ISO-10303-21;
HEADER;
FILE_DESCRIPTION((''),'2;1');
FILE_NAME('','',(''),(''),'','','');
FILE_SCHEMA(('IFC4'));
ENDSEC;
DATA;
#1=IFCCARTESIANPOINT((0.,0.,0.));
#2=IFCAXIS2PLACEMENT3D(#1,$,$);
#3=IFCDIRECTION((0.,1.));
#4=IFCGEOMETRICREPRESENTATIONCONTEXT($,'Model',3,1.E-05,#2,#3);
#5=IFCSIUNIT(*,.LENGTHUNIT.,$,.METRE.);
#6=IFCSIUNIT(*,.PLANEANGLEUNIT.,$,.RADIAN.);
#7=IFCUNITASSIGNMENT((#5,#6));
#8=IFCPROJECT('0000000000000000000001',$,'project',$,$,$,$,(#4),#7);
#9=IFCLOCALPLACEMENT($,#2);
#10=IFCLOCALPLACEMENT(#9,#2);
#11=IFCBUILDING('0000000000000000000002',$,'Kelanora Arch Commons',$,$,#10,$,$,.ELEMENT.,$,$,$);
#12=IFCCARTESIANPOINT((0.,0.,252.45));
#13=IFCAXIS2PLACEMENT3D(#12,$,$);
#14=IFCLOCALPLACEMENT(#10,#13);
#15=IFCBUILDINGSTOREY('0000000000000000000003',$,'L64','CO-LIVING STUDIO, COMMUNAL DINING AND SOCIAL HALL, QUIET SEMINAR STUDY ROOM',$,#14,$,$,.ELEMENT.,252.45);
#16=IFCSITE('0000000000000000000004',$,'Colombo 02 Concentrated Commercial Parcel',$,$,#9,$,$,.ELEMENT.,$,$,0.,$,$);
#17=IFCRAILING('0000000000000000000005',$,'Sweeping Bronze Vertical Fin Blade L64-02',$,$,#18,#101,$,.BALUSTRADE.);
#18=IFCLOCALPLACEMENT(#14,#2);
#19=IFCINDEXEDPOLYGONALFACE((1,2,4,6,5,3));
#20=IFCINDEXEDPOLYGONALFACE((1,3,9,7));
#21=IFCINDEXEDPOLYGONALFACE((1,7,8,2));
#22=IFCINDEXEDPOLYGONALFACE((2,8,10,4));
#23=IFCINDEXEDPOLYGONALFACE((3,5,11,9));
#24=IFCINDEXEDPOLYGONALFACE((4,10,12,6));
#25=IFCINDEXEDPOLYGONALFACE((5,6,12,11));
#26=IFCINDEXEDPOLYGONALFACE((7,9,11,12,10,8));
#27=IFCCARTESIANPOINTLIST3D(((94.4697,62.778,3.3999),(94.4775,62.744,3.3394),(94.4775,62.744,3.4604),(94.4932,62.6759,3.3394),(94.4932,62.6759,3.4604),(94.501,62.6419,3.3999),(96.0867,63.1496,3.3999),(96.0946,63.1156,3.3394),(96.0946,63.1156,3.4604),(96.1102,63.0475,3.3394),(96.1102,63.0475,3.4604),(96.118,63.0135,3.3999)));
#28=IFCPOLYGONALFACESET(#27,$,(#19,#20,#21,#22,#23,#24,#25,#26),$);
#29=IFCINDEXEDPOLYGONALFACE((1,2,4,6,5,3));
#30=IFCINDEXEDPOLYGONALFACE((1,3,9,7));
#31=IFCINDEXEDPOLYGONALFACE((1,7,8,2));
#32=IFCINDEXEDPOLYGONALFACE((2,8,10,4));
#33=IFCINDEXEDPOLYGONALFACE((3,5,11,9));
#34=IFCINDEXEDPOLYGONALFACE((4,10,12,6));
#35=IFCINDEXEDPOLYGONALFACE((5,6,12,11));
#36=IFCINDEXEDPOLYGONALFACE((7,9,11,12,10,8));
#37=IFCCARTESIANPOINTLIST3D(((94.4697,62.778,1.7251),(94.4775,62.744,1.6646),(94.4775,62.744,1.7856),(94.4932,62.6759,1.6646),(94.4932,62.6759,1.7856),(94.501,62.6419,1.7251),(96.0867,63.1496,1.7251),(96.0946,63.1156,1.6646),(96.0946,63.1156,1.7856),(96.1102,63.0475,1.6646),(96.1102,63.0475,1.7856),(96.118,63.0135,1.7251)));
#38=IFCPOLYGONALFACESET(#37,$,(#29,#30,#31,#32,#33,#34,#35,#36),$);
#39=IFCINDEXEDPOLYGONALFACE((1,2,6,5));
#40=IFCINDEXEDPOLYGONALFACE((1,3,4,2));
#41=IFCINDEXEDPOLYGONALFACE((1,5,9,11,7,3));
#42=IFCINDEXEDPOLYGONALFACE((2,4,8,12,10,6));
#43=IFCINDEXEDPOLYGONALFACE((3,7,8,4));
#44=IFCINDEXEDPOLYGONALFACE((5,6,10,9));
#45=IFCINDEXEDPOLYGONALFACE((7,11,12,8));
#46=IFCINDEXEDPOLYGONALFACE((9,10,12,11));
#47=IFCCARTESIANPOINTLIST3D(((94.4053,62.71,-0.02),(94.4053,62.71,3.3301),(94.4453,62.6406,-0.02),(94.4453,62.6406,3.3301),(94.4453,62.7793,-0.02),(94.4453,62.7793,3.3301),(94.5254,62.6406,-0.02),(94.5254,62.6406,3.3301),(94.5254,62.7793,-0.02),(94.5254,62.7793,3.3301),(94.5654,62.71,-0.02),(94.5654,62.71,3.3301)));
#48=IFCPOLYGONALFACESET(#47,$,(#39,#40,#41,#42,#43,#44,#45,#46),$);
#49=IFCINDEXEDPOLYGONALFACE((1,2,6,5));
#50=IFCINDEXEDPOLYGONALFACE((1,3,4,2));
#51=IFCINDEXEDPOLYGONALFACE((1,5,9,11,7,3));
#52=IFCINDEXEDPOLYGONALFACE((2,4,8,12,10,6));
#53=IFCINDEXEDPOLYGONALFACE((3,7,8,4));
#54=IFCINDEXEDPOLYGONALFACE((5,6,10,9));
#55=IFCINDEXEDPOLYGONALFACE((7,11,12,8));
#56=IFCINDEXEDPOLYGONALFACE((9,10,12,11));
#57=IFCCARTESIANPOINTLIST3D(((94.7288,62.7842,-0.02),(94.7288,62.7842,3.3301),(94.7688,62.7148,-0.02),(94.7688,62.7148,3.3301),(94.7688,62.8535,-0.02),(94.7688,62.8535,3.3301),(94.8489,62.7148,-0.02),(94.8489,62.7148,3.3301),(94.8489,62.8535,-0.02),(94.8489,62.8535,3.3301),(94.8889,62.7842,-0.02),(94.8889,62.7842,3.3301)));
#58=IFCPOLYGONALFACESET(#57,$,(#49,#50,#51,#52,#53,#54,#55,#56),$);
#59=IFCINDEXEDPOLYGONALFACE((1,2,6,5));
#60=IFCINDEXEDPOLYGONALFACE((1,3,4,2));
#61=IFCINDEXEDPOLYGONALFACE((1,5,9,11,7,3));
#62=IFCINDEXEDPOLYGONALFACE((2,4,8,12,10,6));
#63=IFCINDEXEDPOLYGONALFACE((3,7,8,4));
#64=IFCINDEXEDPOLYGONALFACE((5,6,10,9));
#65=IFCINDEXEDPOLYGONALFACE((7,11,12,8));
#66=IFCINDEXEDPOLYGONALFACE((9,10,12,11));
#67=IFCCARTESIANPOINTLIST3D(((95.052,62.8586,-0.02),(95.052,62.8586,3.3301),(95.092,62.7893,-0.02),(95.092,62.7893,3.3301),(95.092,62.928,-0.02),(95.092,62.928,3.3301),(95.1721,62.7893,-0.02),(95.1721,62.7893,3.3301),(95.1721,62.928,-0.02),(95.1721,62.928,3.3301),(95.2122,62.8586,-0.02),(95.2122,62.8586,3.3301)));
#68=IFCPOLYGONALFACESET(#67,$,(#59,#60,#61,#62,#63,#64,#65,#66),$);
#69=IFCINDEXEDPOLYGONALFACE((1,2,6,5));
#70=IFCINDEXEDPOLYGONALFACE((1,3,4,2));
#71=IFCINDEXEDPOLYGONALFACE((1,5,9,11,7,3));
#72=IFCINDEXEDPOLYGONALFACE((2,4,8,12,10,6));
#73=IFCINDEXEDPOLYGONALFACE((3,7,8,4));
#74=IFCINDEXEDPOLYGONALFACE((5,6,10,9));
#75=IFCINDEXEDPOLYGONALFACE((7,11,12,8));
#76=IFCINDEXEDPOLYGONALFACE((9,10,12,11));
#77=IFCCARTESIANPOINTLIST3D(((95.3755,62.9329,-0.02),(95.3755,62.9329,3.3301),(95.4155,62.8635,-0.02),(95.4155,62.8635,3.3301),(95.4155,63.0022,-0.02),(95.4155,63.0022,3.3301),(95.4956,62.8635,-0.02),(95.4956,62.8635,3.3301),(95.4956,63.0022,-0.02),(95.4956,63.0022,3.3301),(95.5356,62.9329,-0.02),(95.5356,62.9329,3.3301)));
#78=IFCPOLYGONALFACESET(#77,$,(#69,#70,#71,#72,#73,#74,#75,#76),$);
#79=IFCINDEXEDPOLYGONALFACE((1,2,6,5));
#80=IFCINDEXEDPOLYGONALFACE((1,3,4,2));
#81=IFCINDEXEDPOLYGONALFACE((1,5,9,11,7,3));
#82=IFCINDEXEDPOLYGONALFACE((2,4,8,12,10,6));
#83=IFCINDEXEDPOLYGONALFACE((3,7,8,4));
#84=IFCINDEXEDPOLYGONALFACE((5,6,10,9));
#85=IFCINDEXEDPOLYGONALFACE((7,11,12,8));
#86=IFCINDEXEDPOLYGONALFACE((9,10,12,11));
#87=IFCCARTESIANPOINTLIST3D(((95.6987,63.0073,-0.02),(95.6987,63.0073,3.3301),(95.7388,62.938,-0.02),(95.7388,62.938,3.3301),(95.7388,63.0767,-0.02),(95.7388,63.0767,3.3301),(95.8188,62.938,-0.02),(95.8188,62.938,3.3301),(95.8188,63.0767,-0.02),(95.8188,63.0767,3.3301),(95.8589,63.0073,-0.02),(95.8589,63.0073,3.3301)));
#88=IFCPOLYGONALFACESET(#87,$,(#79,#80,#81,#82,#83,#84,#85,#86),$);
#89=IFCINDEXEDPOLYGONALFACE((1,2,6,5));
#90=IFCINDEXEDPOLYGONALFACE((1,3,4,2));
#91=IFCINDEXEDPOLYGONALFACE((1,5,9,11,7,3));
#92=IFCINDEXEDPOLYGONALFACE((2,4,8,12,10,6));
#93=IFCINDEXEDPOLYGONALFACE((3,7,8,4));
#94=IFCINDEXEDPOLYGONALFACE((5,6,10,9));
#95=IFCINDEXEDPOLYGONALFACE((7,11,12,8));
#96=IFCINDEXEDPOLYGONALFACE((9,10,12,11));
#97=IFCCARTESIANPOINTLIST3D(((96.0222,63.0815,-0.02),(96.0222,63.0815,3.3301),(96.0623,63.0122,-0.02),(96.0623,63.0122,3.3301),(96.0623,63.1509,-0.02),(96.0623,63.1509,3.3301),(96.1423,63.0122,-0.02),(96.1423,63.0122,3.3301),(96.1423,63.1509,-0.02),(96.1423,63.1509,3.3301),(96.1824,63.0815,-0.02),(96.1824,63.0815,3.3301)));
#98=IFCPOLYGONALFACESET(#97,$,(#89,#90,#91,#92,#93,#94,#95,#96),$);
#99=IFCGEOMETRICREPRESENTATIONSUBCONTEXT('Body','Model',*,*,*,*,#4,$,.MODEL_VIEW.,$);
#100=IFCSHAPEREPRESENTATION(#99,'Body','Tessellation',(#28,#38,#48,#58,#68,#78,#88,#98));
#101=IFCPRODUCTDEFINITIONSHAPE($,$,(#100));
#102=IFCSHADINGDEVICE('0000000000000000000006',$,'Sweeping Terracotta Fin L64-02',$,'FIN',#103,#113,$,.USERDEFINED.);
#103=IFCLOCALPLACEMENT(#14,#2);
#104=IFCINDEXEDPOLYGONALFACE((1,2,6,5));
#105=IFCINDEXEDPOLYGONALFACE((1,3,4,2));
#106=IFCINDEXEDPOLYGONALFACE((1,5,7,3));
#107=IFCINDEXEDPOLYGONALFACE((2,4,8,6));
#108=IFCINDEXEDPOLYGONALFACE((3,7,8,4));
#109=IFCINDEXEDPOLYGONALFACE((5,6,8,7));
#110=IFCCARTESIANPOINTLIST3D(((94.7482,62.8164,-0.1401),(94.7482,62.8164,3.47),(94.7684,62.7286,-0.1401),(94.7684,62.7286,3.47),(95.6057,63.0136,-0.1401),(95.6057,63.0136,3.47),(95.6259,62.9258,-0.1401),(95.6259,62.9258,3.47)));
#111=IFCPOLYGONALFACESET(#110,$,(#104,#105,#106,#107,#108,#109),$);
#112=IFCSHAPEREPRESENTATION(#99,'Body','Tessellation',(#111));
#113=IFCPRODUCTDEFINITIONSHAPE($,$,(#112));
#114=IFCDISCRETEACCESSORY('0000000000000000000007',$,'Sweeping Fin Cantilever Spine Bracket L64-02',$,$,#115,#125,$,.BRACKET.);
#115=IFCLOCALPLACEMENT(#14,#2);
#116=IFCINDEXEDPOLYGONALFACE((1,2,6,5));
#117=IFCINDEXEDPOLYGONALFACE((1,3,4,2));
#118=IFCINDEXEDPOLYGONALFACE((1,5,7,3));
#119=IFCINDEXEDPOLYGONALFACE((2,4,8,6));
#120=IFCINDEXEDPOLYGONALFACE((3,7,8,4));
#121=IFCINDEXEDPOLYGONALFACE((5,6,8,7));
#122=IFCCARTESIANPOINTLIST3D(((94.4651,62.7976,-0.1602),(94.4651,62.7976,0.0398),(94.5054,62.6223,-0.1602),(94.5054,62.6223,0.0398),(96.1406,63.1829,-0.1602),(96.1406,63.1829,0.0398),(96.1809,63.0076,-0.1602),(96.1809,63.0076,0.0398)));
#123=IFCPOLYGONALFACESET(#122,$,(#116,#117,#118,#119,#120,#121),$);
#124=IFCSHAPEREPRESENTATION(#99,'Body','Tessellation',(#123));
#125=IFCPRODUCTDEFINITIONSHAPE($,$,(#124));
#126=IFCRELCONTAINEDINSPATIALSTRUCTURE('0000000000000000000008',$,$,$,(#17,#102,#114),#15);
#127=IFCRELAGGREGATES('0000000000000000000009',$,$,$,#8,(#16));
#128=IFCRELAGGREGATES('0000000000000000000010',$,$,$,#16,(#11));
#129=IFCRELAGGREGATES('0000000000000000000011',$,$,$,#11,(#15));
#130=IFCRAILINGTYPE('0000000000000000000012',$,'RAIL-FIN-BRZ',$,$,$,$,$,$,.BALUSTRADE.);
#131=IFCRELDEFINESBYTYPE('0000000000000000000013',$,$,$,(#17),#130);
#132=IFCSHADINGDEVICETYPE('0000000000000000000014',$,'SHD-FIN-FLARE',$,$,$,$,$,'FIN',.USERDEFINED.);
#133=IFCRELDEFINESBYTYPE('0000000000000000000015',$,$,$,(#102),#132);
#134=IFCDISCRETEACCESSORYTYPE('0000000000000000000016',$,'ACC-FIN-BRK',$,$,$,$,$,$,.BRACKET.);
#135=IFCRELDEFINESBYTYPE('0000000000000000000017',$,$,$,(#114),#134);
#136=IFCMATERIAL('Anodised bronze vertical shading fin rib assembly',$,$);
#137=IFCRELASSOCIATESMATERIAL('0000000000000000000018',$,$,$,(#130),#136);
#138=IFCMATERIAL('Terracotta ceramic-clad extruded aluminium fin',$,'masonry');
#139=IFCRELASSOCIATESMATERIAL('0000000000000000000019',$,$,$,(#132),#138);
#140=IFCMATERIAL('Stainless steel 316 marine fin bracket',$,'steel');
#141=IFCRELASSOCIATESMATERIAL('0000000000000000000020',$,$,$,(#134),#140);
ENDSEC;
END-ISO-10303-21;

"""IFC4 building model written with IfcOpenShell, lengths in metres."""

from ifc_helpers import new_model, si_unit, direction, frame, origin, origin_2d, place, context, subcontext, project, spatial, polyline, rectangle, outline, extrude, source, transform, mapped, material, type_object, element, save


model = new_model("IFC4")

# Units and contexts
model_context = context("Model", 3, precision=1e-05, world=origin(), true_north=direction((0.0, 1.0)))
body_context = subcontext(model_context, "Body", "Model", "MODEL_VIEW")
ifc_project = project(units=[si_unit("LENGTHUNIT", "METRE"), si_unit("PLANEANGLEUNIT", "RADIAN")], contexts=[model_context])

# Site, building, storey
site_placement = place(None, origin())
site = spatial("IfcSite", under=ifc_project, at=site_placement, Name="Colombo 02 Concentrated Commercial Parcel", CompositionType="ELEMENT", RefElevation=0.0)
building_placement = place(site_placement, origin())
building = spatial("IfcBuilding", under=site, at=building_placement, Name="Kelanora Arch Commons", CompositionType="ELEMENT")
storey_placement = place(building_placement, frame((0.0, 0.0, 252.45)))
storey = spatial("IfcBuildingStorey", under=building, at=storey_placement, Name="L64", Description="CO-LIVING STUDIO, COMMUNAL DINING AND SOCIAL HALL, QUIET SEMINAR STUDY ROOM", CompositionType="ELEMENT", Elevation=252.45)

# Railing
ifc_material_1 = material(Name="Anodised bronze vertical shading fin rib assembly")
railing_type = type_object("IfcRailingType", Name="RAIL-FIN-BRZ", PredefinedType="BALUSTRADE", material=ifc_material_1)
railing_placement = place(storey_placement, frame((94.4854, 62.71, -0.02)))
element("IfcRailing", 1, at=railing_placement, inside=storey, type_object=railing_type, Name="Sweeping Bronze Vertical Fin Blade L64-02", PredefinedType="BALUSTRADE", context=body_context, shape_type="SweptSolid", body=[
    extrude(outline(polyline([(0.0698, 0.0), (0.0349, 0.0605), (-0.0349, 0.0605), (-0.0698, 0.0), (-0.0349, -0.0605), (0.0349, -0.0605), (0.0698, 0.0)])), frame((0.0, 0.0, 3.4199), z_axis=(0.974597, 0.223967, 0.0), x_axis=(-0.223967, 0.974597, 0.0)), (0.0, 0.0, 1.0), 1.6592),
    extrude(outline(polyline([(0.0698, 0.0), (0.0349, 0.0605), (-0.0349, 0.0605), (-0.0698, 0.0), (-0.0349, -0.0605), (0.0349, -0.0605), (0.0698, 0.0)])), frame((0.0, 0.0, 1.7451), z_axis=(0.974597, 0.223967, 0.0), x_axis=(-0.223967, 0.974597, 0.0)), (0.0, 0.0, 1.0), 1.6592),
    extrude(outline(polyline([(0.0801, 0.0), (0.04, 0.0693), (-0.04, 0.0693), (-0.0801, 0.0), (-0.04, -0.0693), (0.04, -0.0693), (0.0801, 0.0)])), origin(), (0.0, 0.0, 1.0), 3.3501),
    extrude(outline(polyline([(0.0801, 0.0), (0.04, 0.0693), (-0.04, 0.0693), (-0.0801, 0.0), (-0.04, -0.0693), (0.04, -0.0693), (0.0801, 0.0)])), frame((0.3235, 0.0742, 0.0)), (0.0, 0.0, 1.0), 3.3501),
    extrude(outline(polyline([(0.0801, 0.0), (0.04, 0.0693), (-0.04, 0.0693), (-0.0801, 0.0), (-0.04, -0.0693), (0.04, -0.0693), (0.0801, 0.0)])), frame((0.6467, 0.1487, 0.0)), (0.0, 0.0, 1.0), 3.3501),
    extrude(outline(polyline([(0.0801, 0.0), (0.04, 0.0693), (-0.04, 0.0693), (-0.0801, 0.0), (-0.04, -0.0693), (0.04, -0.0693), (0.0801, 0.0)])), frame((0.9702, 0.2229, 0.0)), (0.0, 0.0, 1.0), 3.3501),
    extrude(outline(polyline([(0.0801, 0.0), (0.04, 0.0693), (-0.04, 0.0693), (-0.0801, 0.0), (-0.04, -0.0693), (0.04, -0.0693), (0.0801, 0.0)])), frame((1.2935, 0.2974, 0.0)), (0.0, 0.0, 1.0), 3.3501),
    extrude(outline(polyline([(0.0801, 0.0), (0.04, 0.0693), (-0.04, 0.0693), (-0.0801, 0.0), (-0.04, -0.0693), (0.04, -0.0693), (0.0801, 0.0)])), frame((1.6169, 0.3716, 0.0)), (0.0, 0.0, 1.0), 3.3501),
])

# Shading device
ifc_material_2 = material(Name="Terracotta ceramic-clad extruded aluminium fin", Category="masonry")
shading_device_type = type_object("IfcShadingDeviceType", Name="SHD-FIN-FLARE", ElementType="FIN", PredefinedType="USERDEFINED", material=ifc_material_2)
shared_shape_1 = source(origin(), body_context, "Body", "SweptSolid", [
    extrude(rectangle(XDim=0.8799, YDim=0.0901, at=origin_2d()), origin(), (0.0, 0.0, 1.0), 3.6101),
])
shading_device_placement = place(storey_placement, frame((95.187, 62.8711, -0.1401), z_axis=(0.0, 0.0, 1.0), x_axis=(0.974566, 0.224101, 0.0)))
element("IfcShadingDevice", 2, at=shading_device_placement, inside=storey, type_object=shading_device_type, Name="Sweeping Terracotta Fin L64-02", ObjectType="FIN", PredefinedType="USERDEFINED", context=body_context, shape_type="MappedRepresentation", body=[
    mapped(shared_shape_1, transform((0.0, 0.0, 0.0), scale=1.0)),
])

# Discrete accessory
ifc_material_3 = material(Name="Stainless steel 316 marine fin bracket", Category="steel")
discrete_accessory_type = type_object("IfcDiscreteAccessoryType", Name="ACC-FIN-BRK", PredefinedType="BRACKET", material=ifc_material_3)
shared_shape_2 = source(origin(), body_context, "Body", "SweptSolid", [
    extrude(rectangle(XDim=1.7192, YDim=0.1799, at=origin_2d()), origin(), (0.0, 0.0, 1.0), 0.2),
])
discrete_accessory_placement = place(storey_placement, frame((95.323, 62.9026, -0.1602), z_axis=(0.0, 0.0, 1.0), x_axis=(0.974566, 0.224101, 0.0)))
element("IfcDiscreteAccessory", 3, at=discrete_accessory_placement, inside=storey, type_object=discrete_accessory_type, Name="Sweeping Fin Cantilever Spine Bracket L64-02", PredefinedType="BRACKET", context=body_context, shape_type="MappedRepresentation", body=[
    mapped(shared_shape_2, transform((0.0, 0.0, 0.0), scale=1.0)),
])

save(model, "model.ifc")
